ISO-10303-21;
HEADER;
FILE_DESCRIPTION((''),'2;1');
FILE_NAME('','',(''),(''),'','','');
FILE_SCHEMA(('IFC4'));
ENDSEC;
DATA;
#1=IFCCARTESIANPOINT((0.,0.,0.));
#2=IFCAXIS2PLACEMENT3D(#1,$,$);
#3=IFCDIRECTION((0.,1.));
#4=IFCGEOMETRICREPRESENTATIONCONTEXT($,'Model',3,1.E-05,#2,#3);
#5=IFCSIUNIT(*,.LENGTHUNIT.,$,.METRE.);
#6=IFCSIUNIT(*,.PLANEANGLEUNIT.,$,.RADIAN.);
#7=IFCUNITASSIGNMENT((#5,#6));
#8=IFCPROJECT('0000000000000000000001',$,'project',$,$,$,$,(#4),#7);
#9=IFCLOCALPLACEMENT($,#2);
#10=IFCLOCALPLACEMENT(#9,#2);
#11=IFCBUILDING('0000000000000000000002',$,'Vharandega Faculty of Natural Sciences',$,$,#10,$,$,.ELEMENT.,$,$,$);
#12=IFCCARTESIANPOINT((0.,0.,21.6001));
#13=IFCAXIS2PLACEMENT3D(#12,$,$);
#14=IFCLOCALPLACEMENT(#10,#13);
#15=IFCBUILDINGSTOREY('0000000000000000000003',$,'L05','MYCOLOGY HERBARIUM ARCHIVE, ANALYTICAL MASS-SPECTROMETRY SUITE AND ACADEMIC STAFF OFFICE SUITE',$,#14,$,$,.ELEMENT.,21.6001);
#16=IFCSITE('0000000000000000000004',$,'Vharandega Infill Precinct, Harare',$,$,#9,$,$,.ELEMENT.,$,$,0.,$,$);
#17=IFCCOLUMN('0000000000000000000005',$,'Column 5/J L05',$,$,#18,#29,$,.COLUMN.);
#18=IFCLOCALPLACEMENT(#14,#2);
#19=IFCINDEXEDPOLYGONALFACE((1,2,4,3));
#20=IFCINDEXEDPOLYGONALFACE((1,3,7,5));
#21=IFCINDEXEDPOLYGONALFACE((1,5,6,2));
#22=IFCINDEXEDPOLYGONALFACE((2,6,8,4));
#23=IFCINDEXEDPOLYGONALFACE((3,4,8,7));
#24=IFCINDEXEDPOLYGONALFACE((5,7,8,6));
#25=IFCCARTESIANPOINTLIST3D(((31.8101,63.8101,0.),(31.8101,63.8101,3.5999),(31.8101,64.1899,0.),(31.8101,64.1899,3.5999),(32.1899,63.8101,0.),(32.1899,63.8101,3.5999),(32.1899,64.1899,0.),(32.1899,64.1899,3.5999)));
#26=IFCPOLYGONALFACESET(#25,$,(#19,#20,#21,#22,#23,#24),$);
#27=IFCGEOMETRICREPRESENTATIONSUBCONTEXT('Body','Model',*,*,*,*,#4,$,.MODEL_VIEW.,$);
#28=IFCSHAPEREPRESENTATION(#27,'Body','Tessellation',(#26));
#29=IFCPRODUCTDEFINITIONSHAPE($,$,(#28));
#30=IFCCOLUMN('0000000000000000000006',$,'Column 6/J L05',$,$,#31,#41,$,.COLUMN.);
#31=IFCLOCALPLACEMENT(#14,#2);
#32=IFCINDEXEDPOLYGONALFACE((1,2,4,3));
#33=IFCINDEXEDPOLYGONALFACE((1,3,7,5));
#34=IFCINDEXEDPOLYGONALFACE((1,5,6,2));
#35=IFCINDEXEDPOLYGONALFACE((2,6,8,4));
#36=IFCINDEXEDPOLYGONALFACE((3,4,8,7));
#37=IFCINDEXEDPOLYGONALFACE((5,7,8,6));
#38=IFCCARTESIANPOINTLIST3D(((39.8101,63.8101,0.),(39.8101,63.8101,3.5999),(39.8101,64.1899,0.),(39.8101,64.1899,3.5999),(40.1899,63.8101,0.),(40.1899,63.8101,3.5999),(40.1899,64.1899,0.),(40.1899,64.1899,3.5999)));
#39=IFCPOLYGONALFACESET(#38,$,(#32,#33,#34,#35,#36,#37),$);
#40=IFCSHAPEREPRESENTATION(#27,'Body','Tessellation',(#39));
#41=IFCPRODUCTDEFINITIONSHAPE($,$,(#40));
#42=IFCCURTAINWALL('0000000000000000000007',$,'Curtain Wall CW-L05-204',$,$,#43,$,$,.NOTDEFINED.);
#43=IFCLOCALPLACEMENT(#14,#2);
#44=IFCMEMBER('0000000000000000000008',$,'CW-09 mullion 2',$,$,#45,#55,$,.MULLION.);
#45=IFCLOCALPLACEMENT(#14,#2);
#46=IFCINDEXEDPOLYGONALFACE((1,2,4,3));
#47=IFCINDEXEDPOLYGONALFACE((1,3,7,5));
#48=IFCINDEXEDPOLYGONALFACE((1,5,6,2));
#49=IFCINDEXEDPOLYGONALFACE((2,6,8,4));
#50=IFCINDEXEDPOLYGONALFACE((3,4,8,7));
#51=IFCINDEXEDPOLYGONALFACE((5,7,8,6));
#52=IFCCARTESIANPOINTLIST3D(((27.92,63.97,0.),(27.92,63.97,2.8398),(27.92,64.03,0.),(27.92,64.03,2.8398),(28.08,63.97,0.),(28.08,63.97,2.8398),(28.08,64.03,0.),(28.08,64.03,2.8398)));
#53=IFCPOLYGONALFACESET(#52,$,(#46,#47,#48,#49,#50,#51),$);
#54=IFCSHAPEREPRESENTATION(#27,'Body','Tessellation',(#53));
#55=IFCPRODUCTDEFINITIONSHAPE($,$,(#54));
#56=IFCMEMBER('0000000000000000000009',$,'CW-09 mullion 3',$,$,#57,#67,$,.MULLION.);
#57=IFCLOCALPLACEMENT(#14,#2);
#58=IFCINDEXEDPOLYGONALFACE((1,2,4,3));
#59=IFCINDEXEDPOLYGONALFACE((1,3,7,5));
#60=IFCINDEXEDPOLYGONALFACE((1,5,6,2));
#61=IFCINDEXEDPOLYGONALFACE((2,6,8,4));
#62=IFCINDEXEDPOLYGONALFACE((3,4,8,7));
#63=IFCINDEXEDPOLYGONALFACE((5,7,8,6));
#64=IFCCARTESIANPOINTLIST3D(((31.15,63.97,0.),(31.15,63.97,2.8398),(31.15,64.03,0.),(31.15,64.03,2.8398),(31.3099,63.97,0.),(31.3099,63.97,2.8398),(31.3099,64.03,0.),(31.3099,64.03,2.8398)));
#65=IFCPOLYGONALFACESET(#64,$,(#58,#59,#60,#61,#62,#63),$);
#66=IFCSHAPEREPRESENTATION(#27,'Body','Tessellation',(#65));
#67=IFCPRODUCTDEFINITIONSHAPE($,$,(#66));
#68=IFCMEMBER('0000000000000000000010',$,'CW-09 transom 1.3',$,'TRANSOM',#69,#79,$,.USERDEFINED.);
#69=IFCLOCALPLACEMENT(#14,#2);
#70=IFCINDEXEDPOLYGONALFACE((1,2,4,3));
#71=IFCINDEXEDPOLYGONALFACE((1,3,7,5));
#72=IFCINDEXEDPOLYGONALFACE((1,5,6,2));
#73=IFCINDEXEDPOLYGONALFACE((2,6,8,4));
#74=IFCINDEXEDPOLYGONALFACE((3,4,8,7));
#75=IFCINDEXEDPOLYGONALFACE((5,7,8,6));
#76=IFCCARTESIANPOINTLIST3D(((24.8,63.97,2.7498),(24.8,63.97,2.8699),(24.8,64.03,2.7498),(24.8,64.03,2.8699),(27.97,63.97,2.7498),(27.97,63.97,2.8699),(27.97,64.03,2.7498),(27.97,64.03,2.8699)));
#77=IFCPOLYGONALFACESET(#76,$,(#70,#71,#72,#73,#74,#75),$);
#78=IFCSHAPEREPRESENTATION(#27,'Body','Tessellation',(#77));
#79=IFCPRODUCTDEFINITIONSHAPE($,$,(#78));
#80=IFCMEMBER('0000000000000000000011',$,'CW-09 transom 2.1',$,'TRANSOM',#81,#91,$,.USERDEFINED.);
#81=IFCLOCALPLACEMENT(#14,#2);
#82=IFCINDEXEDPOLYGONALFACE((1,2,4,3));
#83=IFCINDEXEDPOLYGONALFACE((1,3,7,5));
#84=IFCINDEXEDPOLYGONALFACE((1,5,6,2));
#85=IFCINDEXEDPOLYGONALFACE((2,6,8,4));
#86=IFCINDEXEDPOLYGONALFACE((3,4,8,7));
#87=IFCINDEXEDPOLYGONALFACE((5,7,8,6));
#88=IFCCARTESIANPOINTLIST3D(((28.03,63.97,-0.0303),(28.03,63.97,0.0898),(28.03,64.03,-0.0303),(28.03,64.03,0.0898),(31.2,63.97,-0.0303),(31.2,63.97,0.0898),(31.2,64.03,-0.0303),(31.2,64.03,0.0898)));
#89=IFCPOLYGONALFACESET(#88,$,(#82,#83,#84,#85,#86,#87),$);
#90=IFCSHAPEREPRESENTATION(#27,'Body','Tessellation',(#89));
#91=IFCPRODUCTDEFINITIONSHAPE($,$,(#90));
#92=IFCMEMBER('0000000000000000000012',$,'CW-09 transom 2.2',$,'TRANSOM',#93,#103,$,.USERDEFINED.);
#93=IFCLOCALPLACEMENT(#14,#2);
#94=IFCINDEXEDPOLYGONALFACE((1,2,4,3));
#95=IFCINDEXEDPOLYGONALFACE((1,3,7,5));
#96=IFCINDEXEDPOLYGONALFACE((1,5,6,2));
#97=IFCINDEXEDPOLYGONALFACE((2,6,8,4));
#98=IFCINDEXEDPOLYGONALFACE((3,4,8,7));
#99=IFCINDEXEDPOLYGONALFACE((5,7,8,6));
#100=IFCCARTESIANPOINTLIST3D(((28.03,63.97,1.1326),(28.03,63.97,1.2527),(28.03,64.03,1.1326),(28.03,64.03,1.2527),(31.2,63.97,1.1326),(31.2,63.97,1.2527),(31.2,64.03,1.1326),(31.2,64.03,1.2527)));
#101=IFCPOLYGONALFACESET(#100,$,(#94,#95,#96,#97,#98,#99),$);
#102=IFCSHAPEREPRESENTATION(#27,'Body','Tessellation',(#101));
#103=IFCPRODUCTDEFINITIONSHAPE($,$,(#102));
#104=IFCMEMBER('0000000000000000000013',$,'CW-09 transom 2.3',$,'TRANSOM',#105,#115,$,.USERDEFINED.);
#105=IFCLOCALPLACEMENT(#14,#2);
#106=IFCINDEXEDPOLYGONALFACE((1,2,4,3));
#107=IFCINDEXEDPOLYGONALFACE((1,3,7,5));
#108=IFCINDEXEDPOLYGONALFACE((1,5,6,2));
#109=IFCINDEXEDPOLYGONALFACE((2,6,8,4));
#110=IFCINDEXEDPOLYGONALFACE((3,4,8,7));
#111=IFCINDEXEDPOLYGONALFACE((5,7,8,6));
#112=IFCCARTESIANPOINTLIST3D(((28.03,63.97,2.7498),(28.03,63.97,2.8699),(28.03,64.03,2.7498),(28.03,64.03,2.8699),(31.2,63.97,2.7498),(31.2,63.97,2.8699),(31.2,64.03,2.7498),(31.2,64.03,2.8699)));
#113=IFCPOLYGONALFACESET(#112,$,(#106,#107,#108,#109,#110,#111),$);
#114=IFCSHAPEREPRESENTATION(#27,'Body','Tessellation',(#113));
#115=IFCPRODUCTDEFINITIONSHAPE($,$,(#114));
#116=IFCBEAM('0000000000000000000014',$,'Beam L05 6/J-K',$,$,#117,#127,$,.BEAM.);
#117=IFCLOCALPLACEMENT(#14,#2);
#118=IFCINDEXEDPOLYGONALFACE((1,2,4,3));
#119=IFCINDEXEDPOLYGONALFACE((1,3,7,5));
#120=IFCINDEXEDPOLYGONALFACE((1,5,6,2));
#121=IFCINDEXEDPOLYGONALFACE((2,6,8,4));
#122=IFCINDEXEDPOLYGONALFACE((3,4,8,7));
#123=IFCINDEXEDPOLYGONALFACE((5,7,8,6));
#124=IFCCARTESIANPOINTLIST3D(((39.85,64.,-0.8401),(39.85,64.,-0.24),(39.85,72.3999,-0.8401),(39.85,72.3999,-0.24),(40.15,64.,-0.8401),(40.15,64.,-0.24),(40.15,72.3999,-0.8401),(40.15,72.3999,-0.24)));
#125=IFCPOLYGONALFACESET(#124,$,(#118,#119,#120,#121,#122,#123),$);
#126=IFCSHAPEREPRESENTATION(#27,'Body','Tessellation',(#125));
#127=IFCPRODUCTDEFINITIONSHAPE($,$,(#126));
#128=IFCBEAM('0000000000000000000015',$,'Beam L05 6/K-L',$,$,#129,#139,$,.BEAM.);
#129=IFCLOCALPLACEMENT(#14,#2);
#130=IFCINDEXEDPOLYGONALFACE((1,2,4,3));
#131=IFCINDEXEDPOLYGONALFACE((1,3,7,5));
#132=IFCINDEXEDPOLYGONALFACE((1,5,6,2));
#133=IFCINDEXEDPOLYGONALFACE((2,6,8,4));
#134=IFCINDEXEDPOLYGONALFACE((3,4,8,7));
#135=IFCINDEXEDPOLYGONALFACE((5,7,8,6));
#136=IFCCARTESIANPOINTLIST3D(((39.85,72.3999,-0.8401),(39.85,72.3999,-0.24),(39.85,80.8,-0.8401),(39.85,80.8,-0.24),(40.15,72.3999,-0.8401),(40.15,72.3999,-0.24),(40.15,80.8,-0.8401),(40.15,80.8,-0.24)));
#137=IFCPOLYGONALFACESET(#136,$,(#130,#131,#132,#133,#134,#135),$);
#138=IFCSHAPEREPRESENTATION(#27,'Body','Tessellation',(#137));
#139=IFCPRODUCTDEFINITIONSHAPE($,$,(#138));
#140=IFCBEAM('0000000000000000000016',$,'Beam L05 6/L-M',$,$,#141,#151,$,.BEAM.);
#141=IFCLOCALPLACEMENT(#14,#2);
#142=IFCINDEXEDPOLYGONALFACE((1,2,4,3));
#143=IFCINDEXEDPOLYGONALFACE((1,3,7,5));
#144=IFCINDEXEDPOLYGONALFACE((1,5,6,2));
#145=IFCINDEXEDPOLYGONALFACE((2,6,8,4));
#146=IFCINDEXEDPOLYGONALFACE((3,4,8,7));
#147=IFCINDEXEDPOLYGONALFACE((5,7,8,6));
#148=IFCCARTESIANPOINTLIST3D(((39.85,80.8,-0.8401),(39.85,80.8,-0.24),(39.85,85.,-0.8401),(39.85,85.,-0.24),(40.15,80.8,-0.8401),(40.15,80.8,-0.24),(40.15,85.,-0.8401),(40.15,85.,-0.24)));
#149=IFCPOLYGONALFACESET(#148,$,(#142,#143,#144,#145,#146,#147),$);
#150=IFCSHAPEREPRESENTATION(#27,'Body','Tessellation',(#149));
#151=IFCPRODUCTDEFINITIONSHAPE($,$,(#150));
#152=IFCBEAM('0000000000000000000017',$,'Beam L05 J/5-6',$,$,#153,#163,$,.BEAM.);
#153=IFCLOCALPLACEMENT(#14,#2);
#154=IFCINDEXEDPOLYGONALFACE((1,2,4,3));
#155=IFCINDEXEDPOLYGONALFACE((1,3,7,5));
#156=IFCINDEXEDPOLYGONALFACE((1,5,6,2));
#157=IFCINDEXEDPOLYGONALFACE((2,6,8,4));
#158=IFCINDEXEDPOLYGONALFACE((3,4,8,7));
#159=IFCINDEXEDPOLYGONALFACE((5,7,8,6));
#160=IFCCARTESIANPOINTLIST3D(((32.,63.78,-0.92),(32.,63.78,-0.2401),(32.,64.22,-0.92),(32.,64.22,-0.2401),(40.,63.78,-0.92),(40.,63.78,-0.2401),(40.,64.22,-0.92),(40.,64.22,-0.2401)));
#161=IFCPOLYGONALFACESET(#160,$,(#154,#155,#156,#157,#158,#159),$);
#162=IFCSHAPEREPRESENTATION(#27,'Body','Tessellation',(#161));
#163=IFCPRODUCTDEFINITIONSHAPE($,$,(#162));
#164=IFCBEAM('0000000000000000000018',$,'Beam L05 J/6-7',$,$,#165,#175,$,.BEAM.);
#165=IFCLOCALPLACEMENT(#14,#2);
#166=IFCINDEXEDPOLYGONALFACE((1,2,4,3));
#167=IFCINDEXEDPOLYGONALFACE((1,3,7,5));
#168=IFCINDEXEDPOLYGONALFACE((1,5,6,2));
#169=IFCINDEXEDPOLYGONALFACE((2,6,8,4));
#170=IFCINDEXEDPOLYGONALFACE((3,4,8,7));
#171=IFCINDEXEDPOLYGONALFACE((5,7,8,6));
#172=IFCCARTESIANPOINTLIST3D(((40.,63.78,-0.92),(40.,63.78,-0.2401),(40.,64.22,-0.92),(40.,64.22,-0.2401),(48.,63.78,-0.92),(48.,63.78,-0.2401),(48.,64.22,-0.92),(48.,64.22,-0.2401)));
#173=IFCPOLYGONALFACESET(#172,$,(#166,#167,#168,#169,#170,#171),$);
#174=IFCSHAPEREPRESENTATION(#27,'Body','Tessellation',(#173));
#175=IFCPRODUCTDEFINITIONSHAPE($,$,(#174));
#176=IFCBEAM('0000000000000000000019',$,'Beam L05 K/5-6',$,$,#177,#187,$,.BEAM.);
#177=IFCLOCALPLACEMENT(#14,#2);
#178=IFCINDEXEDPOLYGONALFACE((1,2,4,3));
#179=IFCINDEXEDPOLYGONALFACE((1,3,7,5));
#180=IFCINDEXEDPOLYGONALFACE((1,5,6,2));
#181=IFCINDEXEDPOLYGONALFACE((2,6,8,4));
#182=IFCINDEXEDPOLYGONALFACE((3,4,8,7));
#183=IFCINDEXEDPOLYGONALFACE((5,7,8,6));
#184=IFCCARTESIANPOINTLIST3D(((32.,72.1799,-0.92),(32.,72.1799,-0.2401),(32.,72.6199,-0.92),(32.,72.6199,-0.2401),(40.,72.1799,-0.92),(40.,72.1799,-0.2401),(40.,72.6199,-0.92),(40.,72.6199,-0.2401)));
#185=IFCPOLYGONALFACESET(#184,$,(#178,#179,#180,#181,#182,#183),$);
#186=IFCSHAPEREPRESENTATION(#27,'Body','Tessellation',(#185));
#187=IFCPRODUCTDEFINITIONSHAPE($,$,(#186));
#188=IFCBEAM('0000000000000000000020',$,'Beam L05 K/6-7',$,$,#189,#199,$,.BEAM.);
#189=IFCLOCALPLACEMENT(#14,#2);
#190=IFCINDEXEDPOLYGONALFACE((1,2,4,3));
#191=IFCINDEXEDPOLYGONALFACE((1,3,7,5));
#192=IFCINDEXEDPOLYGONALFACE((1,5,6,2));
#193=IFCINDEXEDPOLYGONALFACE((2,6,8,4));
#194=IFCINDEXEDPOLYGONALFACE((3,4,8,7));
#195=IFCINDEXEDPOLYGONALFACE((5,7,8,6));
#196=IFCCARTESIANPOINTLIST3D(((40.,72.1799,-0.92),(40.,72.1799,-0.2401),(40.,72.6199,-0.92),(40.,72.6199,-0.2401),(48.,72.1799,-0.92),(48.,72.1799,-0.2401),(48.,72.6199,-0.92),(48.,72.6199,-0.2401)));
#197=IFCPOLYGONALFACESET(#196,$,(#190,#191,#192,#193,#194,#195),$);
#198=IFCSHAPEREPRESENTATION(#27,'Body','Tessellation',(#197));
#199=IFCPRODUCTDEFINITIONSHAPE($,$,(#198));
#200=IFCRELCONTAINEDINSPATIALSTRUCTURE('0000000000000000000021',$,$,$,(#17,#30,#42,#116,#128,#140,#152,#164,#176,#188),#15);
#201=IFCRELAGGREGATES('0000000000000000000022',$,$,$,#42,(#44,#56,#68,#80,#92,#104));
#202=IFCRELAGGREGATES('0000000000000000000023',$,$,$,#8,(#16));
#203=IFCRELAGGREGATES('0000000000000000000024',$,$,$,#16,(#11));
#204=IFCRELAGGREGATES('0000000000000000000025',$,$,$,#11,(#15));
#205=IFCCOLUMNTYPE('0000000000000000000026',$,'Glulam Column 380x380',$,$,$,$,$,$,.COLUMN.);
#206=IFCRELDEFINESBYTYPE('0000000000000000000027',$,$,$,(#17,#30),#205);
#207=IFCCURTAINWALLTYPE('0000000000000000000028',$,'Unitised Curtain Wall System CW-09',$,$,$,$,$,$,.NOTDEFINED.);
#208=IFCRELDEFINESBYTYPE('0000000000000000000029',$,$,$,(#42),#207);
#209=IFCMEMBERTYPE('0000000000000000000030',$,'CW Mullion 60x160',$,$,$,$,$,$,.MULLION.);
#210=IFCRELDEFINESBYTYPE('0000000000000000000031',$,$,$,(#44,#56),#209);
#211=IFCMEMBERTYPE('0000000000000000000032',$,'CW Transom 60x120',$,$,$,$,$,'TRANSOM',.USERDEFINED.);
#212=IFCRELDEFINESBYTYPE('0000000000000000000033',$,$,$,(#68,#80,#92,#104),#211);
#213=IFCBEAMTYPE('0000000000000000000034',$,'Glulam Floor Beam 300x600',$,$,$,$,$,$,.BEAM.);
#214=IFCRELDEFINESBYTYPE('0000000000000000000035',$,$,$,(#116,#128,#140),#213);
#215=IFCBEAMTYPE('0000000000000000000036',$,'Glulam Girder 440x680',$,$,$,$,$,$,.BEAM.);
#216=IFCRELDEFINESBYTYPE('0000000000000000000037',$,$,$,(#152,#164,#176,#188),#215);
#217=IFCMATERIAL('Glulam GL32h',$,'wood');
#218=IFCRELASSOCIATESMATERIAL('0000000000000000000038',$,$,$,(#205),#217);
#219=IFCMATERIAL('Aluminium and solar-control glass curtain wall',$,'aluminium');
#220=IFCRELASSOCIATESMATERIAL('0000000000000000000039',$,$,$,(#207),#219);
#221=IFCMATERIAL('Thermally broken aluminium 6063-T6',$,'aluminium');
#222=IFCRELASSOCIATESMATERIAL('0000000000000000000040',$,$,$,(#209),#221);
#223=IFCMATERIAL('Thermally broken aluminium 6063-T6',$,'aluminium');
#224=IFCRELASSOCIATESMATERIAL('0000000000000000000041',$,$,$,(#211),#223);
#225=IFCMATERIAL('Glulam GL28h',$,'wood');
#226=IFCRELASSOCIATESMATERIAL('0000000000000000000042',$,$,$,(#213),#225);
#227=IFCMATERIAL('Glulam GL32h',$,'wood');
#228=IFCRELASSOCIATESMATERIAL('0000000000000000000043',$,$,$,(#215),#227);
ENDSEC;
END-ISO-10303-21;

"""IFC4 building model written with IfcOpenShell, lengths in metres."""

from ifc_helpers import new_model, si_unit, direction, frame, origin, origin_2d, place, context, subcontext, project, spatial, rectangle, extrude, material, material_profile, profile_set, type_object, element, aggregate, save


model = new_model("IFC4")

# Units and contexts
model_context = context("Model", 3, precision=1e-05, world=origin(), true_north=direction((0.0, 1.0)))
body_context = subcontext(model_context, "Body", "Model", "MODEL_VIEW")
ifc_project = project(units=[si_unit("LENGTHUNIT", "METRE"), si_unit("PLANEANGLEUNIT", "RADIAN")], contexts=[model_context])

# Site, building, storey
site_placement = place(None, origin())
site = spatial("IfcSite", under=ifc_project, at=site_placement, Name="Vharandega Infill Precinct, Harare", CompositionType="ELEMENT", RefElevation=0.0)
building_placement = place(site_placement, origin())
building = spatial("IfcBuilding", under=site, at=building_placement, Name="Vharandega Faculty of Natural Sciences", CompositionType="ELEMENT")
storey_placement = place(building_placement, frame((0.0, 0.0, 21.6001)))
storey = spatial("IfcBuildingStorey", under=building, at=storey_placement, Name="L05", Description="MYCOLOGY HERBARIUM ARCHIVE, ANALYTICAL MASS-SPECTROMETRY SUITE AND ACADEMIC STAFF OFFICE SUITE", CompositionType="ELEMENT", Elevation=21.6001)

# Columns
ifc_material_1 = material(Name="Glulam GL32h", Category="wood")
ifc_material_profile_1 = material_profile(ifc_material_1, rectangle(XDim=0.3799, YDim=0.3799, at=origin_2d()), Name="GL32h 380x380")
ifc_profile_set_1 = profile_set([ifc_material_profile_1], Name="Glulam GL32h")
column_type = type_object("IfcColumnType", Name="Glulam Column 380x380", PredefinedType="COLUMN", material=ifc_profile_set_1)
for number, where, z_axis, x_axis, name in (
    (1, (32.0, 64.0, 0.0), (0.0, 0.0, 1.0), (1.0, 0.0, 0.0), "Column 5/J L05"),
    (2, (40.0, 64.0, 0.0), (0.0, 0.0, 1.0), (1.0, 0.0, 0.0), "Column 6/J L05"),
):
    element("IfcColumn", number, at=place(storey_placement, frame(where, z_axis=z_axis, x_axis=x_axis)), inside=storey, type_object=column_type, Name=name, PredefinedType="COLUMN", context=body_context, shape_type="SweptSolid", body=[
        extrude(rectangle(XDim=0.3799, YDim=0.3799, at=origin_2d()), origin(), (0.0, 0.0, 1.0), 3.5999),
    ])

# Curtain wall, members
ifc_material_2 = material(Name="Aluminium and solar-control glass curtain wall", Category="aluminium")
curtain_wall_type = type_object("IfcCurtainWallType", Name="Unitised Curtain Wall System CW-09", PredefinedType="NOTDEFINED", material=ifc_material_2)
curtain_wall_placement = place(storey_placement, origin())
curtain_wall = element("IfcCurtainWall", 3, at=curtain_wall_placement, inside=storey, type_object=curtain_wall_type, Name="Curtain Wall CW-L05-204", PredefinedType="NOTDEFINED")
ifc_material_3 = material(Name="Thermally broken aluminium 6063-T6", Category="aluminium")
ifc_material_profile_2 = material_profile(ifc_material_3, rectangle(XDim=0.0601, YDim=0.1599, at=origin_2d()), Name="ALU 60x160")
ifc_profile_set_2 = profile_set([ifc_material_profile_2], Name="Thermally broken aluminium 6063-T6")
member_type_1 = type_object("IfcMemberType", Name="CW Mullion 60x160", PredefinedType="MULLION", material=ifc_profile_set_2)
member_1_placement = place(storey_placement, frame((28.0, 64.0, 0.0), z_axis=(0.0, 0.0, 1.0), x_axis=(0.0, 1.0, 0.0)))
member_1 = element("IfcMember", 4, at=member_1_placement, type_object=member_type_1, Name="CW-09 mullion 2", PredefinedType="MULLION", context=body_context, shape_type="SweptSolid", body=[
    extrude(rectangle(XDim=0.0601, YDim=0.1599, at=origin_2d()), origin(), (0.0, 0.0, 1.0), 2.8398),
])
member_2_placement = place(storey_placement, frame((31.23, 64.0, 0.0), z_axis=(0.0, 0.0, 1.0), x_axis=(0.0, 1.0, 0.0)))
member_2 = element("IfcMember", 5, at=member_2_placement, type_object=member_type_1, Name="CW-09 mullion 3", PredefinedType="MULLION", context=body_context, shape_type="SweptSolid", body=[
    extrude(rectangle(XDim=0.0601, YDim=0.1599, at=origin_2d()), origin(), (0.0, 0.0, 1.0), 2.8398),
])
ifc_material_4 = material(Name="Thermally broken aluminium 6063-T6", Category="aluminium")
ifc_material_profile_3 = material_profile(ifc_material_4, rectangle(XDim=0.0601, YDim=0.1201, at=origin_2d()), Name="ALU 60x120")
ifc_profile_set_3 = profile_set([ifc_material_profile_3], Name="Thermally broken aluminium 6063-T6")
member_type_2 = type_object("IfcMemberType", Name="CW Transom 60x120", ElementType="TRANSOM", PredefinedType="USERDEFINED", material=ifc_profile_set_3)
member_3_placement = place(storey_placement, frame((24.8, 64.0, 2.8098), z_axis=(1.0, 0.0, 0.0), x_axis=(0.0, 1.0, 0.0)))
member_3 = element("IfcMember", 6, at=member_3_placement, type_object=member_type_2, Name="CW-09 transom 1.3", ObjectType="TRANSOM", PredefinedType="USERDEFINED", context=body_context, shape_type="SweptSolid", body=[
    extrude(rectangle(XDim=0.0601, YDim=0.1201, at=origin_2d()), origin(), (0.0, 0.0, 1.0), 3.1699),
])
member_4_placement = place(storey_placement, frame((28.03, 64.0, 0.0298), z_axis=(1.0, 0.0, 0.0), x_axis=(0.0, 1.0, 0.0)))
member_4 = element("IfcMember", 7, at=member_4_placement, type_object=member_type_2, Name="CW-09 transom 2.1", ObjectType="TRANSOM", PredefinedType="USERDEFINED", context=body_context, shape_type="SweptSolid", body=[
    extrude(rectangle(XDim=0.0601, YDim=0.1201, at=origin_2d()), origin(), (0.0, 0.0, 1.0), 3.1699),
])
member_5_placement = place(storey_placement, frame((28.03, 64.0, 1.1926), z_axis=(1.0, 0.0, 0.0), x_axis=(0.0, 1.0, 0.0)))
member_5 = element("IfcMember", 8, at=member_5_placement, type_object=member_type_2, Name="CW-09 transom 2.2", ObjectType="TRANSOM", PredefinedType="USERDEFINED", context=body_context, shape_type="SweptSolid", body=[
    extrude(rectangle(XDim=0.0601, YDim=0.1201, at=origin_2d()), origin(), (0.0, 0.0, 1.0), 3.1699),
])
member_6_placement = place(storey_placement, frame((28.03, 64.0, 2.8098), z_axis=(1.0, 0.0, 0.0), x_axis=(0.0, 1.0, 0.0)))
member_6 = element("IfcMember", 9, at=member_6_placement, type_object=member_type_2, Name="CW-09 transom 2.3", ObjectType="TRANSOM", PredefinedType="USERDEFINED", context=body_context, shape_type="SweptSolid", body=[
    extrude(rectangle(XDim=0.0601, YDim=0.1201, at=origin_2d()), origin(), (0.0, 0.0, 1.0), 3.1699),
])

# Beams
ifc_material_5 = material(Name="Glulam GL28h", Category="wood")
ifc_material_profile_4 = material_profile(ifc_material_5, rectangle(XDim=0.3, YDim=0.6001, at=origin_2d()), Name="GL28h 300x600")
ifc_profile_set_4 = profile_set([ifc_material_profile_4], Name="Glulam GL28h")
beam_type_1 = type_object("IfcBeamType", Name="Glulam Floor Beam 300x600", PredefinedType="BEAM", material=ifc_profile_set_4)
beam_1_placement = place(storey_placement, frame((40.0, 64.0, -0.54), z_axis=(0.0, 1.0, 0.0), x_axis=(-1.0, 0.0, 0.0)))
element("IfcBeam", 10, at=beam_1_placement, inside=storey, type_object=beam_type_1, Name="Beam L05 6/J-K", PredefinedType="BEAM", context=body_context, shape_type="SweptSolid", body=[
    extrude(rectangle(XDim=0.3, YDim=0.6001, at=origin_2d()), origin(), (0.0, 0.0, 1.0), 8.3999),
])
beam_2_placement = place(storey_placement, frame((40.0, 72.3999, -0.54), z_axis=(0.0, 1.0, 0.0), x_axis=(-1.0, 0.0, 0.0)))
element("IfcBeam", 11, at=beam_2_placement, inside=storey, type_object=beam_type_1, Name="Beam L05 6/K-L", PredefinedType="BEAM", context=body_context, shape_type="SweptSolid", body=[
    extrude(rectangle(XDim=0.3, YDim=0.6001, at=origin_2d()), origin(), (0.0, 0.0, 1.0), 8.4001),
])
beam_3_placement = place(storey_placement, frame((40.0, 80.8, -0.54), z_axis=(0.0, 1.0, 0.0), x_axis=(-1.0, 0.0, 0.0)))
element("IfcBeam", 12, at=beam_3_placement, inside=storey, type_object=beam_type_1, Name="Beam L05 6/L-M", PredefinedType="BEAM", context=body_context, shape_type="SweptSolid", body=[
    extrude(rectangle(XDim=0.3, YDim=0.6001, at=origin_2d()), origin(), (0.0, 0.0, 1.0), 4.2),
])
ifc_material_6 = material(Name="Glulam GL32h", Category="wood")
ifc_material_profile_5 = material_profile(ifc_material_6, rectangle(XDim=0.4399, YDim=0.6799, at=origin_2d()), Name="GL32h 440x680")
ifc_profile_set_5 = profile_set([ifc_material_profile_5], Name="Glulam GL32h")
beam_type_2 = type_object("IfcBeamType", Name="Glulam Girder 440x680", PredefinedType="BEAM", material=ifc_profile_set_5)
for number, where, z_axis, x_axis, name in (
    (13, (32.0, 64.0, -0.5801), (1.0, 0.0, 0.0), (0.0, 1.0, 0.0), "Beam L05 J/5-6"),
    (14, (40.0, 64.0, -0.5801), (1.0, 0.0, 0.0), (0.0, 1.0, 0.0), "Beam L05 J/6-7"),
    (15, (32.0, 72.3999, -0.5801), (1.0, 0.0, 0.0), (0.0, 1.0, 0.0), "Beam L05 K/5-6"),
    (16, (40.0, 72.3999, -0.5801), (1.0, 0.0, 0.0), (0.0, 1.0, 0.0), "Beam L05 K/6-7"),
):
    element("IfcBeam", number, at=place(storey_placement, frame(where, z_axis=z_axis, x_axis=x_axis)), inside=storey, type_object=beam_type_2, Name=name, PredefinedType="BEAM", context=body_context, shape_type="SweptSolid", body=[
        extrude(rectangle(XDim=0.4399, YDim=0.6799, at=origin_2d()), origin(), (0.0, 0.0, 1.0), 8.0),
    ])

aggregate(curtain_wall, [member_1, member_2, member_3, member_4, member_5, member_6])

save(model, "model.ifc")
